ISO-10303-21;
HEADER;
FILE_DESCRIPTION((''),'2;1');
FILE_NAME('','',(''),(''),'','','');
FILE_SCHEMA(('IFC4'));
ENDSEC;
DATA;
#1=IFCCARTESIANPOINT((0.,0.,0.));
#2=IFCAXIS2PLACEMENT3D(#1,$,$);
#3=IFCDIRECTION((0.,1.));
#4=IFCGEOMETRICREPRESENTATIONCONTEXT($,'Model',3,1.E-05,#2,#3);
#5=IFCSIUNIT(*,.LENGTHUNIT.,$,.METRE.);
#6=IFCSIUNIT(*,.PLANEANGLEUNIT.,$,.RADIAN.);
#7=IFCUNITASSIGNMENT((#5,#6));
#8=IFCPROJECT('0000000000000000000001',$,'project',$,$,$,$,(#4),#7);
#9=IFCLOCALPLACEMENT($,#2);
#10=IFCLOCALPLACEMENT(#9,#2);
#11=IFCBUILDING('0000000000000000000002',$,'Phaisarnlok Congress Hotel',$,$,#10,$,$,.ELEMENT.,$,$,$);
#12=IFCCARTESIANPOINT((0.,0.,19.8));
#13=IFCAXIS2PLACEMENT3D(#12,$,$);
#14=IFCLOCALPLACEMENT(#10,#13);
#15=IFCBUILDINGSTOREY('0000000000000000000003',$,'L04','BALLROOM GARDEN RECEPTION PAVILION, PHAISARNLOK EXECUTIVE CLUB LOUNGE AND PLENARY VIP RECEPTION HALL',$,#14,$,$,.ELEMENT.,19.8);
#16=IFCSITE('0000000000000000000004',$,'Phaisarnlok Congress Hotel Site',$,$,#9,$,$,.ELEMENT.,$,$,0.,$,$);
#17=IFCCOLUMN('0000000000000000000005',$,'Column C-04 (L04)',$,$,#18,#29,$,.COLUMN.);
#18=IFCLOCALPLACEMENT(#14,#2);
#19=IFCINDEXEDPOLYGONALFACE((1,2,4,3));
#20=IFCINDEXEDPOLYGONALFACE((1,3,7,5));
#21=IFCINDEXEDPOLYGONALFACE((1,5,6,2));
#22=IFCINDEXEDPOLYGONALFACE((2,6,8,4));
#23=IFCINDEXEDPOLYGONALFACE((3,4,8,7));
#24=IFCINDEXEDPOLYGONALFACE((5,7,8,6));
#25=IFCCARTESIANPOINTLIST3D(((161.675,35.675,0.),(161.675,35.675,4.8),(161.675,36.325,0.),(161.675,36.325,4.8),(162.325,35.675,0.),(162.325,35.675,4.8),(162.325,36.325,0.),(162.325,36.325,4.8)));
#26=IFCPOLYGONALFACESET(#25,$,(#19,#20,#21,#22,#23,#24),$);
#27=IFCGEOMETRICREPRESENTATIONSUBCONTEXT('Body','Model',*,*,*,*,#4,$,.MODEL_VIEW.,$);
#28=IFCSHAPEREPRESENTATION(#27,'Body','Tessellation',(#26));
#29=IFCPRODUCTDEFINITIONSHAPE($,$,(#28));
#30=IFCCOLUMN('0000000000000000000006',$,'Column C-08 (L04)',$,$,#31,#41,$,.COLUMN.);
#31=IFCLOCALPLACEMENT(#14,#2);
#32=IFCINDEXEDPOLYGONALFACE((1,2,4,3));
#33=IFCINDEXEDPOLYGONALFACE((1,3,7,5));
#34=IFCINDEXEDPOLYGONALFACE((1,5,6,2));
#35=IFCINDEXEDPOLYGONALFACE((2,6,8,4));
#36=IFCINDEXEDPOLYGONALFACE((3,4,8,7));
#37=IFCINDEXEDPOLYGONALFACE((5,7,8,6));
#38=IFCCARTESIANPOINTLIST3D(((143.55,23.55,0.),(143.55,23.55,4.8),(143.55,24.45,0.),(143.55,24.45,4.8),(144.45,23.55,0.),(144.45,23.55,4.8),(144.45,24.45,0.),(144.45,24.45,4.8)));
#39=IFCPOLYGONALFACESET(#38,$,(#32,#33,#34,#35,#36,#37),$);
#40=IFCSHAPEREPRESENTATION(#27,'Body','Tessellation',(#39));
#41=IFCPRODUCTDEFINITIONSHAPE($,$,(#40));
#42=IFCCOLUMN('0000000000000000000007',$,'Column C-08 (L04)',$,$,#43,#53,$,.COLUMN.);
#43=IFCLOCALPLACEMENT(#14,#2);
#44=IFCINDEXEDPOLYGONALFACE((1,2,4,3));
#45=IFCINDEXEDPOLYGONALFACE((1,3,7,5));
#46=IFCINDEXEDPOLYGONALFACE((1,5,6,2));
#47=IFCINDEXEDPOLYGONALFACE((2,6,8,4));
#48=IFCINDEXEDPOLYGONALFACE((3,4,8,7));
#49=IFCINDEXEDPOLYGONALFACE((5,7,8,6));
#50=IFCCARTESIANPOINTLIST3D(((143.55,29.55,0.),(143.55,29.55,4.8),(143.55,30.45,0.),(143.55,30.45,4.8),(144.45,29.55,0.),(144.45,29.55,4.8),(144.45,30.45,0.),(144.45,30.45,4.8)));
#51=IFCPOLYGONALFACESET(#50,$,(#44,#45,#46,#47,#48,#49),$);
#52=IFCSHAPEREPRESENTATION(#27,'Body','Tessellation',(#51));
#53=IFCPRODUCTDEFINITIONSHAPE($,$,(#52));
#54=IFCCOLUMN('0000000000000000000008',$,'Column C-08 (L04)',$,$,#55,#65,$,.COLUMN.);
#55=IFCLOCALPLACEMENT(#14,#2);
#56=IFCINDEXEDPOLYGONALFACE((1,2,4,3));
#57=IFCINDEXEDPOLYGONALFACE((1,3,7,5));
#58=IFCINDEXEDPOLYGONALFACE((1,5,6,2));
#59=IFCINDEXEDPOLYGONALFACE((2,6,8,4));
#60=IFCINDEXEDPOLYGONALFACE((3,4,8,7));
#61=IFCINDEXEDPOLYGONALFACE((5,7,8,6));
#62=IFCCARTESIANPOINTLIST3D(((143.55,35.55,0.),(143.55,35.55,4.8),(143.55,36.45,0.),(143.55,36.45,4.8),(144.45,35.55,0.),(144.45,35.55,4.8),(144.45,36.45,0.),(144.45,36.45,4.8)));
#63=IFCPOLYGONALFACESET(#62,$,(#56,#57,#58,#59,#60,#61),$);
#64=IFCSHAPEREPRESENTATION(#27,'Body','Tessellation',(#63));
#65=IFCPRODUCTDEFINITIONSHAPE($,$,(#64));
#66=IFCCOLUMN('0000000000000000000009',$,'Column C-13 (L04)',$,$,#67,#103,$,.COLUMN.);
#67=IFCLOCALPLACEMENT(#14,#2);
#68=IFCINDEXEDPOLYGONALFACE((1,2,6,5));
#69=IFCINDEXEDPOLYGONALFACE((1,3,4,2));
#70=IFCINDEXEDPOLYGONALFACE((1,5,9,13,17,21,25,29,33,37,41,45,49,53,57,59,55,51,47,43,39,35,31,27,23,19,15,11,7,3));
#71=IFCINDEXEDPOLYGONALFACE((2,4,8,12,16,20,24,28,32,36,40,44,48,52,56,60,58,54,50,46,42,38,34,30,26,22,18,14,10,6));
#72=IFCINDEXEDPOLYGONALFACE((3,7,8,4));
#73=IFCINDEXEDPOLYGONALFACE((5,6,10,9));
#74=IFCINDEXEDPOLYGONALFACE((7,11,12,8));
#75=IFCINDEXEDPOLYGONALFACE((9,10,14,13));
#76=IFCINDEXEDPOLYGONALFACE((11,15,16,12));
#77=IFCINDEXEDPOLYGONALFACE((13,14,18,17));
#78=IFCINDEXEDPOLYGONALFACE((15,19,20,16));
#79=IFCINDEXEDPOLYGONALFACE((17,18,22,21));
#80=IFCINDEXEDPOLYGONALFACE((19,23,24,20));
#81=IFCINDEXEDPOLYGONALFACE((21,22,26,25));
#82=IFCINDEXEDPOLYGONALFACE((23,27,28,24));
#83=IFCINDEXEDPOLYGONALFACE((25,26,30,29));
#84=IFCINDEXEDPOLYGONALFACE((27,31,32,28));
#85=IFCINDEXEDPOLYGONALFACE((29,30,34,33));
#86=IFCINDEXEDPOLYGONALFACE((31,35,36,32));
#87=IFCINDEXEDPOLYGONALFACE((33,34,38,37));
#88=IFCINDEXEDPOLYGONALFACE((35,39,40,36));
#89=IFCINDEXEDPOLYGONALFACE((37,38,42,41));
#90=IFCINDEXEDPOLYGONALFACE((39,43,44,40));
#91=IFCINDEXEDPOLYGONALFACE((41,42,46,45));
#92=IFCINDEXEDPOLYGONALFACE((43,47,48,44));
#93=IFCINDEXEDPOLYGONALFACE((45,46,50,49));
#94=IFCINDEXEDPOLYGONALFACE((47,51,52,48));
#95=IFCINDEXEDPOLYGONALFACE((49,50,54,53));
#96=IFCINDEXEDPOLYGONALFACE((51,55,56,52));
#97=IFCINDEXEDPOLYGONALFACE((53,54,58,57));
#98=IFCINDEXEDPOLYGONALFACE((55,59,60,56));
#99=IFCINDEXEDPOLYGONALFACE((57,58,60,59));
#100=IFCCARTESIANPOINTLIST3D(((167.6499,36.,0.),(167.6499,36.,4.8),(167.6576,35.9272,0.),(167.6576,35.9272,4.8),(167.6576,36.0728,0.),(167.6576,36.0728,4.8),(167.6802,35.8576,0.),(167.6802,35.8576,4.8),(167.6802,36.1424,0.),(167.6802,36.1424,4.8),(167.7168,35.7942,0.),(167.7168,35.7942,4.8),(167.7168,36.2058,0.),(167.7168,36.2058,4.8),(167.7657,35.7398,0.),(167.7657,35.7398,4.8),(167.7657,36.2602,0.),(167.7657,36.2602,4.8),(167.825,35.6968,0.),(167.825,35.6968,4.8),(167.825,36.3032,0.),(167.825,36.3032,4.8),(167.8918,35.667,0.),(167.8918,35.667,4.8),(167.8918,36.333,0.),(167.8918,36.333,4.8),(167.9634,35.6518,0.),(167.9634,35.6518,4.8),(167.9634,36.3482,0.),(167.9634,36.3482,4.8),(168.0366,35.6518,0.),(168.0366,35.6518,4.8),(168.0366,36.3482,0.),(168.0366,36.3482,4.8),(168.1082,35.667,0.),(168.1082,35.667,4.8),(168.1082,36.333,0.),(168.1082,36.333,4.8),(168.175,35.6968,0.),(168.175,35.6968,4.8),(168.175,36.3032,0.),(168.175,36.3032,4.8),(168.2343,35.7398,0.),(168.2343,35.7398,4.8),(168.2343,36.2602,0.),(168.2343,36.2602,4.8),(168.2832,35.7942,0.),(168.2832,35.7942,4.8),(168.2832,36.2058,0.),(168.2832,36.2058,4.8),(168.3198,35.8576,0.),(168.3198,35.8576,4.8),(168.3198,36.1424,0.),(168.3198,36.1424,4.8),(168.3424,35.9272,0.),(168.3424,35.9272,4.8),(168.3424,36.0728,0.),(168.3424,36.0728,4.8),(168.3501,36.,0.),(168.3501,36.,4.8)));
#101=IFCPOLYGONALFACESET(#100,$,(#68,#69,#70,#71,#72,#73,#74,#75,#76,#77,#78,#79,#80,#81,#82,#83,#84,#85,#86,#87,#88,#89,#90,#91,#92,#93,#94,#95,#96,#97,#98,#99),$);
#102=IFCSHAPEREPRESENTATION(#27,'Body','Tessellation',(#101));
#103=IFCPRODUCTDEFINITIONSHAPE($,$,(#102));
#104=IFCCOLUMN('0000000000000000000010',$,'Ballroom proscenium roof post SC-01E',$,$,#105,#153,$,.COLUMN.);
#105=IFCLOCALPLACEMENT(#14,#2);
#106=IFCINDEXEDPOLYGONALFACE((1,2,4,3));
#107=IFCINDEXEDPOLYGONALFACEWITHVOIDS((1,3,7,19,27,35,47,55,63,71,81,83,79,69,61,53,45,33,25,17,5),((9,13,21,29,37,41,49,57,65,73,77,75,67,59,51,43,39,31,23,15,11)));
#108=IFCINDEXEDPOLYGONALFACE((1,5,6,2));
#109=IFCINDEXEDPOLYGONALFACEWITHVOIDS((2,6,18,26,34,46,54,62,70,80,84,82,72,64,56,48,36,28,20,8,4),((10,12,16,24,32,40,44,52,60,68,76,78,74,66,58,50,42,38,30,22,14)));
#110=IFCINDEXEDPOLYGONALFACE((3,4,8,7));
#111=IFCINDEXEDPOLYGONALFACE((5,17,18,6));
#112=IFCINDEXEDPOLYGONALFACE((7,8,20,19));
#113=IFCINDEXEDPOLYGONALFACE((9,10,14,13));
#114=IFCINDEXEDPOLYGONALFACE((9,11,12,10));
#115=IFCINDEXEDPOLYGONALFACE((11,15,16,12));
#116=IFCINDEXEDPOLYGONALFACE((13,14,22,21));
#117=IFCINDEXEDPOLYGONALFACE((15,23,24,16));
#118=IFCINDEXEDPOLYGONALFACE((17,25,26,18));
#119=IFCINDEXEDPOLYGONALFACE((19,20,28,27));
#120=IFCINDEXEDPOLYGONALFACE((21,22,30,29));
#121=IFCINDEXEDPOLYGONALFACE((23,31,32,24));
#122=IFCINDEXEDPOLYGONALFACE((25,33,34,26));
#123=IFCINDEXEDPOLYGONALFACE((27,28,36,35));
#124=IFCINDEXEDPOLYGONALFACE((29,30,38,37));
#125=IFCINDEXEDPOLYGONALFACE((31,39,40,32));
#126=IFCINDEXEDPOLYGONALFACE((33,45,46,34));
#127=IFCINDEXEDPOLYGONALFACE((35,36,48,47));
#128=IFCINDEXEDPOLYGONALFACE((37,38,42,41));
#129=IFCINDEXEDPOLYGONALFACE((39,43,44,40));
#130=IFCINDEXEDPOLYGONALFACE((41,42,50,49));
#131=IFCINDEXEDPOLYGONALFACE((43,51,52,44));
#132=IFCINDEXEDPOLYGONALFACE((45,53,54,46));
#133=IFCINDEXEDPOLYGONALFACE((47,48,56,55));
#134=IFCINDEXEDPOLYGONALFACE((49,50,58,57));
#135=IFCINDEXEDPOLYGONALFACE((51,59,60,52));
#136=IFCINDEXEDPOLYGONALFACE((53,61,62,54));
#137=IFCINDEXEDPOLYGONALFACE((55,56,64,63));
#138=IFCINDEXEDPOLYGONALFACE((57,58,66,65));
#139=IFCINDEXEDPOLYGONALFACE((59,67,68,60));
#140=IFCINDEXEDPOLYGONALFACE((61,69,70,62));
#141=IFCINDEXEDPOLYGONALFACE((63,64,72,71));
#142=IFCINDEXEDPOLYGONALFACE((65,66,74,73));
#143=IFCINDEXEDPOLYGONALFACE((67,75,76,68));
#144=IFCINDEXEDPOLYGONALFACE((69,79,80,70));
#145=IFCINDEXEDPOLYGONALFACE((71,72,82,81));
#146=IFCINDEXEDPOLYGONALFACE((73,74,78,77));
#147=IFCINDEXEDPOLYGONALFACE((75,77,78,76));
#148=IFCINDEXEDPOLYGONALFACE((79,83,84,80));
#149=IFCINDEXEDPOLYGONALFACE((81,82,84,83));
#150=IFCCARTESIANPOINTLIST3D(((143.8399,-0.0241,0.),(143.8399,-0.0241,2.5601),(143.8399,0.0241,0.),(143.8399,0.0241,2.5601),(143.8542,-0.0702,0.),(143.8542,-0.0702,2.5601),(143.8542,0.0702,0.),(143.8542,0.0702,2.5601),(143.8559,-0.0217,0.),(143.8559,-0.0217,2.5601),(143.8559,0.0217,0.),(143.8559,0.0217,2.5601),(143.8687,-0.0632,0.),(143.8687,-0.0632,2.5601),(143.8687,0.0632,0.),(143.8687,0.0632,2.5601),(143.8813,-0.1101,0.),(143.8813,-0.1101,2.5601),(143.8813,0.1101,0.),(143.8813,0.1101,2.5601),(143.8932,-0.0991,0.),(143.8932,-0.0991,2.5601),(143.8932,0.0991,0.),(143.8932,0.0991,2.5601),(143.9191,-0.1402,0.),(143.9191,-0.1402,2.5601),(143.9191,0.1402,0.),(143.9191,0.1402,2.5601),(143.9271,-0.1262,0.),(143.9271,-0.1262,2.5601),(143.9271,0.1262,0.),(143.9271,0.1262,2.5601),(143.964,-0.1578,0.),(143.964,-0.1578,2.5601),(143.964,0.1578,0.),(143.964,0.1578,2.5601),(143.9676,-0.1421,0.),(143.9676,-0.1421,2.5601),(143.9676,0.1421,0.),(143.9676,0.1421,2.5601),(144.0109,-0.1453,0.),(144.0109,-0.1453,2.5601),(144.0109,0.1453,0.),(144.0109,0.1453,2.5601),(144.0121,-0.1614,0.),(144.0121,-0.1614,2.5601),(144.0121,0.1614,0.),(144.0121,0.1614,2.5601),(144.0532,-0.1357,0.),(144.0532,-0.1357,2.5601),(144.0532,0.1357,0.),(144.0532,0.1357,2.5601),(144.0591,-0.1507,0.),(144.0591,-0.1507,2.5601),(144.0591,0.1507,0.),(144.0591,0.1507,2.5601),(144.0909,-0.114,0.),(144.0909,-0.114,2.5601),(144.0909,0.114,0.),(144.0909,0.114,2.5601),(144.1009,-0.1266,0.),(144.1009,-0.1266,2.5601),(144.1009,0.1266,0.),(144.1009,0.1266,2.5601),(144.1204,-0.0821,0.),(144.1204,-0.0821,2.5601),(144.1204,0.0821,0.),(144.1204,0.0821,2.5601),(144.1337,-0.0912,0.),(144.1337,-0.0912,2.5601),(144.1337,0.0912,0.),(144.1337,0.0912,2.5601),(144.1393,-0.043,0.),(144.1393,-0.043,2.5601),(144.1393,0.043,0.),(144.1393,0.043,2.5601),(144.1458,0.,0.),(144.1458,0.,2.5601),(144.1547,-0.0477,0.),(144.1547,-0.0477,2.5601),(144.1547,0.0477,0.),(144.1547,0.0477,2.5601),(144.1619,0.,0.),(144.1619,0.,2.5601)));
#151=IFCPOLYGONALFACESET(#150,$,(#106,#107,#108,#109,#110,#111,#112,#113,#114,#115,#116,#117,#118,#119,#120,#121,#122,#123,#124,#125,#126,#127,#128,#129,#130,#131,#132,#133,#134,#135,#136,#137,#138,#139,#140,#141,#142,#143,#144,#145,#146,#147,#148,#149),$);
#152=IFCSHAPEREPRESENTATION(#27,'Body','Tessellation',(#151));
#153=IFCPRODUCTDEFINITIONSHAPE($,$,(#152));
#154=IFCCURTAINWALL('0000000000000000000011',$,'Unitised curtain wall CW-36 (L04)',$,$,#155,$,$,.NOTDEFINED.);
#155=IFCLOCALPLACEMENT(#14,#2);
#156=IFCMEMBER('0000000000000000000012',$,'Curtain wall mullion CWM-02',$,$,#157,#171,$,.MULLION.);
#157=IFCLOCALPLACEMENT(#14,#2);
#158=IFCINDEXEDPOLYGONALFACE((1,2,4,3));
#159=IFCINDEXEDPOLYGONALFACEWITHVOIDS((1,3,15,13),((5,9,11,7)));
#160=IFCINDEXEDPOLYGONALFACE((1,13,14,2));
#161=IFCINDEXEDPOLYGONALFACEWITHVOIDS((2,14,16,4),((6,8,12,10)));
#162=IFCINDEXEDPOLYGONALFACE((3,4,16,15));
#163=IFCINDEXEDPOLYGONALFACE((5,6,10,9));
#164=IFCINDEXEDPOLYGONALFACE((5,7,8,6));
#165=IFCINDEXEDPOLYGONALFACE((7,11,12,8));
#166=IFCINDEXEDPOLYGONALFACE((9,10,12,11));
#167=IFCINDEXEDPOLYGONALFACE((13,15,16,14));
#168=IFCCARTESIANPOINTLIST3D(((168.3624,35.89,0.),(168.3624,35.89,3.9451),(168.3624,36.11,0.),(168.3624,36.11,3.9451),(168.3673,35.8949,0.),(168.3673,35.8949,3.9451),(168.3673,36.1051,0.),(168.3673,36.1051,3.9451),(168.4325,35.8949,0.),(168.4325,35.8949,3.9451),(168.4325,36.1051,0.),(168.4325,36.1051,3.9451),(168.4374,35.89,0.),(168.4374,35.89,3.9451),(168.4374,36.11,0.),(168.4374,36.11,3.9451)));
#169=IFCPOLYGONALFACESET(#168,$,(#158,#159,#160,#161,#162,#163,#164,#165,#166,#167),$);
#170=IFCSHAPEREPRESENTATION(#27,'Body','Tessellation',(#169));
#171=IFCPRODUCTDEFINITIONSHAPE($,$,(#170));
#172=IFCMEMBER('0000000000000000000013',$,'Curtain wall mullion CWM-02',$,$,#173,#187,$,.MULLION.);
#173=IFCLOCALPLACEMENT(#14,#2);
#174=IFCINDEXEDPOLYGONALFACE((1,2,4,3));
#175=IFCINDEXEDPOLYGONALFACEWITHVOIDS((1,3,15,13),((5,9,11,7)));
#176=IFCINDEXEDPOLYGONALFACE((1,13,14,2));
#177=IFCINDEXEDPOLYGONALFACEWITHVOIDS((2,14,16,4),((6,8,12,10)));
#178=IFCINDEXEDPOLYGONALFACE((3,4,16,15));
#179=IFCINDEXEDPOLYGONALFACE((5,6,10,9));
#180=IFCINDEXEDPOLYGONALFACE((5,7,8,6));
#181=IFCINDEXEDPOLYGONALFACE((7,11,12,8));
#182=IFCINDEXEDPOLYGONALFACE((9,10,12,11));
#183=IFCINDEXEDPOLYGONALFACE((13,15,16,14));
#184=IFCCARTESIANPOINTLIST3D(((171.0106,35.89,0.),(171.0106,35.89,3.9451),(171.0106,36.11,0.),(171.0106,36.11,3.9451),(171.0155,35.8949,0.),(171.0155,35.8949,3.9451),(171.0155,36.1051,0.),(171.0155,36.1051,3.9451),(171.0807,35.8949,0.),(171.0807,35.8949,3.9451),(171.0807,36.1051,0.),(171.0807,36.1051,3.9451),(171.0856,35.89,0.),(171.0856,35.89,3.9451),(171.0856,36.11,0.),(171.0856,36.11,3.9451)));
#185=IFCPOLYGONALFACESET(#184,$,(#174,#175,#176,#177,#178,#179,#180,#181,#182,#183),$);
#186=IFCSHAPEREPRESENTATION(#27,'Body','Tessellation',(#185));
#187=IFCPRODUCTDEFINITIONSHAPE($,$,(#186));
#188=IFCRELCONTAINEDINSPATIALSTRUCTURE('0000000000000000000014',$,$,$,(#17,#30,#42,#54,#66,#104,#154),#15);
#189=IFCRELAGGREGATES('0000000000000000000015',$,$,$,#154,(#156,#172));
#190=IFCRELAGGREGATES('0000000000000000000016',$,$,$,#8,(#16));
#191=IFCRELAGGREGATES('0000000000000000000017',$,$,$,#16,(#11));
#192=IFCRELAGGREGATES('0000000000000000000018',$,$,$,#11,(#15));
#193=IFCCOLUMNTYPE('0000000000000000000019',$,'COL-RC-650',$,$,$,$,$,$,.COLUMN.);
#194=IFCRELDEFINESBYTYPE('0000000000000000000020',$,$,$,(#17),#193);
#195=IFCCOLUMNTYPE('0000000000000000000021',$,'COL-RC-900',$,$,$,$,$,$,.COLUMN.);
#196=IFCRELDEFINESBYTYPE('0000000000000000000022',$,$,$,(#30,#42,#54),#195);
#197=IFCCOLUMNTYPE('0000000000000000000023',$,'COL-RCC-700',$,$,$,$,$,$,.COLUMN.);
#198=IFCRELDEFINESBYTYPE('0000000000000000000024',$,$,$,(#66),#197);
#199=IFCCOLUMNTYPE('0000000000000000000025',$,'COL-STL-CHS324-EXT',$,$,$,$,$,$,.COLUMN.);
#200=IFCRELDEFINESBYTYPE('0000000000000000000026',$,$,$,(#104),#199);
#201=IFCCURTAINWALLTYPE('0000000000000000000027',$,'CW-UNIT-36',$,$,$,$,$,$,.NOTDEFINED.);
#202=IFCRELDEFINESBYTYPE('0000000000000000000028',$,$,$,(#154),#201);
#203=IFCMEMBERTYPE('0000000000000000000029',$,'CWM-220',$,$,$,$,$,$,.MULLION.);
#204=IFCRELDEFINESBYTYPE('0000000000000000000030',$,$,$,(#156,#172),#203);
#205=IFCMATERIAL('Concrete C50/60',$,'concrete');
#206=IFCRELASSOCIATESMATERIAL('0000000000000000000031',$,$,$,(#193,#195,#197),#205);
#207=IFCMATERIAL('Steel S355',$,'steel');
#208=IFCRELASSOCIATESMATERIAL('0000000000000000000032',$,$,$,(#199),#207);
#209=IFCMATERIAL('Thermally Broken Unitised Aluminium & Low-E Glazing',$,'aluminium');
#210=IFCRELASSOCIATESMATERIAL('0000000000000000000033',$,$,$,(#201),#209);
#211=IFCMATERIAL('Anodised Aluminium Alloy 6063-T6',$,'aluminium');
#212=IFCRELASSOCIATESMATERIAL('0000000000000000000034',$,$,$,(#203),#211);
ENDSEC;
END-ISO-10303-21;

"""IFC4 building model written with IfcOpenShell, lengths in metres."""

from ifc_helpers import new_model, si_unit, direction, frame, origin, origin_2d, place, context, subcontext, project, spatial, rectangle, hollow_rectangle, circle, hollow_circle, extrude, material, material_profile, profile_set, type_object, element, aggregate, save


model = new_model("IFC4")

# Units and contexts
model_context = context("Model", 3, precision=1e-05, world=origin(), true_north=direction((0.0, 1.0)))
body_context = subcontext(model_context, "Body", "Model", "MODEL_VIEW")
ifc_project = project(units=[si_unit("LENGTHUNIT", "METRE"), si_unit("PLANEANGLEUNIT", "RADIAN")], contexts=[model_context])

# Site, building, storey
site_placement = place(None, origin())
site = spatial("IfcSite", under=ifc_project, at=site_placement, Name="Phaisarnlok Congress Hotel Site", CompositionType="ELEMENT", RefElevation=0.0)
building_placement = place(site_placement, origin())
building = spatial("IfcBuilding", under=site, at=building_placement, Name="Phaisarnlok Congress Hotel", CompositionType="ELEMENT")
storey_placement = place(building_placement, frame((0.0, 0.0, 19.8)))
storey = spatial("IfcBuildingStorey", under=building, at=storey_placement, Name="L04", Description="BALLROOM GARDEN RECEPTION PAVILION, PHAISARNLOK EXECUTIVE CLUB LOUNGE AND PLENARY VIP RECEPTION HALL", CompositionType="ELEMENT", Elevation=19.8)

# Columns
ifc_material_1 = material(Name="Concrete C50/60", Category="concrete")
ifc_material_profile_1 = material_profile(ifc_material_1, rectangle(XDim=0.6499, YDim=0.6499, at=origin_2d()), Name="RC 650x650")
ifc_profile_set_1 = profile_set([ifc_material_profile_1], Name="Concrete C50/60")
column_type_1 = type_object("IfcColumnType", Name="COL-RC-650", PredefinedType="COLUMN", material=ifc_profile_set_1)
column_1_placement = place(storey_placement, frame((162.0, 36.0, 0.0), z_axis=(0.0, 0.0, 1.0), x_axis=(1.0, 0.0, 0.0)))
element("IfcColumn", 1, at=column_1_placement, inside=storey, type_object=column_type_1, Name="Column C-04 (L04)", PredefinedType="COLUMN", context=body_context, shape_type="SweptSolid", body=[
    extrude(rectangle(XDim=0.6499, YDim=0.6499, at=origin_2d()), origin(), (0.0, 0.0, 1.0), 4.8),
])
ifc_material_profile_2 = material_profile(ifc_material_1, rectangle(XDim=0.8999, YDim=0.8999, at=origin_2d()), Name="RC 900x900")
ifc_profile_set_2 = profile_set([ifc_material_profile_2], Name="Concrete C50/60")
column_type_2 = type_object("IfcColumnType", Name="COL-RC-900", PredefinedType="COLUMN", material=ifc_profile_set_2)
for number, where, z_axis, x_axis, name in (
    (2, (144.0, 24.0, 0.0), (0.0, 0.0, 1.0), (1.0, 0.0, 0.0), "Column C-08 (L04)"),
    (3, (144.0, 30.0, 0.0), (0.0, 0.0, 1.0), (1.0, 0.0, 0.0), "Column C-08 (L04)"),
    (4, (144.0, 36.0, 0.0), (0.0, 0.0, 1.0), (1.0, 0.0, 0.0), "Column C-08 (L04)"),
):
    element("IfcColumn", number, at=place(storey_placement, frame(where, z_axis=z_axis, x_axis=x_axis)), inside=storey, type_object=column_type_2, Name=name, PredefinedType="COLUMN", context=body_context, shape_type="SweptSolid", body=[
        extrude(rectangle(XDim=0.8999, YDim=0.8999, at=origin_2d()), origin(), (0.0, 0.0, 1.0), 4.8),
    ])
ifc_material_profile_3 = material_profile(ifc_material_1, circle(Radius=0.3501, at=origin_2d()), Name="RCC D700")
ifc_profile_set_3 = profile_set([ifc_material_profile_3], Name="Concrete C50/60")
column_type_3 = type_object("IfcColumnType", Name="COL-RCC-700", PredefinedType="COLUMN", material=ifc_profile_set_3)
column_2_placement = place(storey_placement, frame((168.0, 36.0, 0.0), z_axis=(0.0, 0.0, 1.0), x_axis=(1.0, 0.0, 0.0)))
element("IfcColumn", 5, at=column_2_placement, inside=storey, type_object=column_type_3, Name="Column C-13 (L04)", PredefinedType="COLUMN", context=body_context, shape_type="SweptSolid", body=[
    extrude(circle(Radius=0.3501, at=origin_2d()), origin(), (0.0, 0.0, 1.0), 4.8),
])
ifc_material_2 = material(Name="Steel S355", Category="steel")
ifc_material_profile_4 = material_profile(ifc_material_2, hollow_circle(Radius=0.1619, WallThickness=0.0161, at=origin_2d()), Name="CHS 323.9x16")
ifc_profile_set_4 = profile_set([ifc_material_profile_4], Name="Steel S355")
column_type_4 = type_object("IfcColumnType", Name="COL-STL-CHS324-EXT", PredefinedType="COLUMN", material=ifc_profile_set_4)
column_3_placement = place(storey_placement, frame((144.0, 0.0, 0.0), z_axis=(0.0, 0.0, 1.0), x_axis=(1.0, 0.0, 0.0)))
element("IfcColumn", 6, at=column_3_placement, inside=storey, type_object=column_type_4, Name="Ballroom proscenium roof post SC-01E", PredefinedType="COLUMN", context=body_context, shape_type="SweptSolid", body=[
    extrude(hollow_circle(Radius=0.1619, WallThickness=0.0161, at=origin_2d()), origin(), (0.0, 0.0, 1.0), 2.5601),
])

# Curtain wall, members
ifc_material_3 = material(Name="Thermally Broken Unitised Aluminium & Low-E Glazing", Category="aluminium")
curtain_wall_type = type_object("IfcCurtainWallType", Name="CW-UNIT-36", PredefinedType="NOTDEFINED", material=ifc_material_3)
curtain_wall_placement = place(storey_placement, origin())
curtain_wall = element("IfcCurtainWall", 7, at=curtain_wall_placement, inside=storey, type_object=curtain_wall_type, Name="Unitised curtain wall CW-36 (L04)", PredefinedType="NOTDEFINED")
ifc_material_4 = material(Name="Anodised Aluminium Alloy 6063-T6", Category="aluminium")
ifc_material_profile_5 = material_profile(ifc_material_4, hollow_rectangle(XDim=0.075, YDim=0.22, WallThickness=0.0049, at=origin_2d()), Name="ALU-M 75x220x5")
ifc_profile_set_5 = profile_set([ifc_material_profile_5], Name="Anodised Aluminium Alloy 6063-T6")
member_type_1 = type_object("IfcMemberType", Name="CWM-220", PredefinedType="MULLION", material=ifc_profile_set_5)
member_1_placement = place(storey_placement, frame((168.3999, 36.0, 0.0), z_axis=(0.0, 0.0, 1.0), x_axis=(1.0, 0.0, 0.0)))
member_1 = element("IfcMember", 8, at=member_1_placement, type_object=member_type_1, Name="Curtain wall mullion CWM-02", PredefinedType="MULLION", context=body_context, shape_type="SweptSolid", body=[
    extrude(hollow_rectangle(XDim=0.075, YDim=0.22, WallThickness=0.0049, at=origin_2d()), origin(), (0.0, 0.0, 1.0), 3.9451),
])
member_2_placement = place(storey_placement, frame((171.0481, 36.0, 0.0), z_axis=(0.0, 0.0, 1.0), x_axis=(1.0, 0.0, 0.0)))
member_2 = element("IfcMember", 9, at=member_2_placement, type_object=member_type_1, Name="Curtain wall mullion CWM-02", PredefinedType="MULLION", context=body_context, shape_type="SweptSolid", body=[
    extrude(hollow_rectangle(XDim=0.075, YDim=0.22, WallThickness=0.0049, at=origin_2d()), origin(), (0.0, 0.0, 1.0), 3.9451),
])

aggregate(curtain_wall, [member_1, member_2])

save(model, "model.ifc")
